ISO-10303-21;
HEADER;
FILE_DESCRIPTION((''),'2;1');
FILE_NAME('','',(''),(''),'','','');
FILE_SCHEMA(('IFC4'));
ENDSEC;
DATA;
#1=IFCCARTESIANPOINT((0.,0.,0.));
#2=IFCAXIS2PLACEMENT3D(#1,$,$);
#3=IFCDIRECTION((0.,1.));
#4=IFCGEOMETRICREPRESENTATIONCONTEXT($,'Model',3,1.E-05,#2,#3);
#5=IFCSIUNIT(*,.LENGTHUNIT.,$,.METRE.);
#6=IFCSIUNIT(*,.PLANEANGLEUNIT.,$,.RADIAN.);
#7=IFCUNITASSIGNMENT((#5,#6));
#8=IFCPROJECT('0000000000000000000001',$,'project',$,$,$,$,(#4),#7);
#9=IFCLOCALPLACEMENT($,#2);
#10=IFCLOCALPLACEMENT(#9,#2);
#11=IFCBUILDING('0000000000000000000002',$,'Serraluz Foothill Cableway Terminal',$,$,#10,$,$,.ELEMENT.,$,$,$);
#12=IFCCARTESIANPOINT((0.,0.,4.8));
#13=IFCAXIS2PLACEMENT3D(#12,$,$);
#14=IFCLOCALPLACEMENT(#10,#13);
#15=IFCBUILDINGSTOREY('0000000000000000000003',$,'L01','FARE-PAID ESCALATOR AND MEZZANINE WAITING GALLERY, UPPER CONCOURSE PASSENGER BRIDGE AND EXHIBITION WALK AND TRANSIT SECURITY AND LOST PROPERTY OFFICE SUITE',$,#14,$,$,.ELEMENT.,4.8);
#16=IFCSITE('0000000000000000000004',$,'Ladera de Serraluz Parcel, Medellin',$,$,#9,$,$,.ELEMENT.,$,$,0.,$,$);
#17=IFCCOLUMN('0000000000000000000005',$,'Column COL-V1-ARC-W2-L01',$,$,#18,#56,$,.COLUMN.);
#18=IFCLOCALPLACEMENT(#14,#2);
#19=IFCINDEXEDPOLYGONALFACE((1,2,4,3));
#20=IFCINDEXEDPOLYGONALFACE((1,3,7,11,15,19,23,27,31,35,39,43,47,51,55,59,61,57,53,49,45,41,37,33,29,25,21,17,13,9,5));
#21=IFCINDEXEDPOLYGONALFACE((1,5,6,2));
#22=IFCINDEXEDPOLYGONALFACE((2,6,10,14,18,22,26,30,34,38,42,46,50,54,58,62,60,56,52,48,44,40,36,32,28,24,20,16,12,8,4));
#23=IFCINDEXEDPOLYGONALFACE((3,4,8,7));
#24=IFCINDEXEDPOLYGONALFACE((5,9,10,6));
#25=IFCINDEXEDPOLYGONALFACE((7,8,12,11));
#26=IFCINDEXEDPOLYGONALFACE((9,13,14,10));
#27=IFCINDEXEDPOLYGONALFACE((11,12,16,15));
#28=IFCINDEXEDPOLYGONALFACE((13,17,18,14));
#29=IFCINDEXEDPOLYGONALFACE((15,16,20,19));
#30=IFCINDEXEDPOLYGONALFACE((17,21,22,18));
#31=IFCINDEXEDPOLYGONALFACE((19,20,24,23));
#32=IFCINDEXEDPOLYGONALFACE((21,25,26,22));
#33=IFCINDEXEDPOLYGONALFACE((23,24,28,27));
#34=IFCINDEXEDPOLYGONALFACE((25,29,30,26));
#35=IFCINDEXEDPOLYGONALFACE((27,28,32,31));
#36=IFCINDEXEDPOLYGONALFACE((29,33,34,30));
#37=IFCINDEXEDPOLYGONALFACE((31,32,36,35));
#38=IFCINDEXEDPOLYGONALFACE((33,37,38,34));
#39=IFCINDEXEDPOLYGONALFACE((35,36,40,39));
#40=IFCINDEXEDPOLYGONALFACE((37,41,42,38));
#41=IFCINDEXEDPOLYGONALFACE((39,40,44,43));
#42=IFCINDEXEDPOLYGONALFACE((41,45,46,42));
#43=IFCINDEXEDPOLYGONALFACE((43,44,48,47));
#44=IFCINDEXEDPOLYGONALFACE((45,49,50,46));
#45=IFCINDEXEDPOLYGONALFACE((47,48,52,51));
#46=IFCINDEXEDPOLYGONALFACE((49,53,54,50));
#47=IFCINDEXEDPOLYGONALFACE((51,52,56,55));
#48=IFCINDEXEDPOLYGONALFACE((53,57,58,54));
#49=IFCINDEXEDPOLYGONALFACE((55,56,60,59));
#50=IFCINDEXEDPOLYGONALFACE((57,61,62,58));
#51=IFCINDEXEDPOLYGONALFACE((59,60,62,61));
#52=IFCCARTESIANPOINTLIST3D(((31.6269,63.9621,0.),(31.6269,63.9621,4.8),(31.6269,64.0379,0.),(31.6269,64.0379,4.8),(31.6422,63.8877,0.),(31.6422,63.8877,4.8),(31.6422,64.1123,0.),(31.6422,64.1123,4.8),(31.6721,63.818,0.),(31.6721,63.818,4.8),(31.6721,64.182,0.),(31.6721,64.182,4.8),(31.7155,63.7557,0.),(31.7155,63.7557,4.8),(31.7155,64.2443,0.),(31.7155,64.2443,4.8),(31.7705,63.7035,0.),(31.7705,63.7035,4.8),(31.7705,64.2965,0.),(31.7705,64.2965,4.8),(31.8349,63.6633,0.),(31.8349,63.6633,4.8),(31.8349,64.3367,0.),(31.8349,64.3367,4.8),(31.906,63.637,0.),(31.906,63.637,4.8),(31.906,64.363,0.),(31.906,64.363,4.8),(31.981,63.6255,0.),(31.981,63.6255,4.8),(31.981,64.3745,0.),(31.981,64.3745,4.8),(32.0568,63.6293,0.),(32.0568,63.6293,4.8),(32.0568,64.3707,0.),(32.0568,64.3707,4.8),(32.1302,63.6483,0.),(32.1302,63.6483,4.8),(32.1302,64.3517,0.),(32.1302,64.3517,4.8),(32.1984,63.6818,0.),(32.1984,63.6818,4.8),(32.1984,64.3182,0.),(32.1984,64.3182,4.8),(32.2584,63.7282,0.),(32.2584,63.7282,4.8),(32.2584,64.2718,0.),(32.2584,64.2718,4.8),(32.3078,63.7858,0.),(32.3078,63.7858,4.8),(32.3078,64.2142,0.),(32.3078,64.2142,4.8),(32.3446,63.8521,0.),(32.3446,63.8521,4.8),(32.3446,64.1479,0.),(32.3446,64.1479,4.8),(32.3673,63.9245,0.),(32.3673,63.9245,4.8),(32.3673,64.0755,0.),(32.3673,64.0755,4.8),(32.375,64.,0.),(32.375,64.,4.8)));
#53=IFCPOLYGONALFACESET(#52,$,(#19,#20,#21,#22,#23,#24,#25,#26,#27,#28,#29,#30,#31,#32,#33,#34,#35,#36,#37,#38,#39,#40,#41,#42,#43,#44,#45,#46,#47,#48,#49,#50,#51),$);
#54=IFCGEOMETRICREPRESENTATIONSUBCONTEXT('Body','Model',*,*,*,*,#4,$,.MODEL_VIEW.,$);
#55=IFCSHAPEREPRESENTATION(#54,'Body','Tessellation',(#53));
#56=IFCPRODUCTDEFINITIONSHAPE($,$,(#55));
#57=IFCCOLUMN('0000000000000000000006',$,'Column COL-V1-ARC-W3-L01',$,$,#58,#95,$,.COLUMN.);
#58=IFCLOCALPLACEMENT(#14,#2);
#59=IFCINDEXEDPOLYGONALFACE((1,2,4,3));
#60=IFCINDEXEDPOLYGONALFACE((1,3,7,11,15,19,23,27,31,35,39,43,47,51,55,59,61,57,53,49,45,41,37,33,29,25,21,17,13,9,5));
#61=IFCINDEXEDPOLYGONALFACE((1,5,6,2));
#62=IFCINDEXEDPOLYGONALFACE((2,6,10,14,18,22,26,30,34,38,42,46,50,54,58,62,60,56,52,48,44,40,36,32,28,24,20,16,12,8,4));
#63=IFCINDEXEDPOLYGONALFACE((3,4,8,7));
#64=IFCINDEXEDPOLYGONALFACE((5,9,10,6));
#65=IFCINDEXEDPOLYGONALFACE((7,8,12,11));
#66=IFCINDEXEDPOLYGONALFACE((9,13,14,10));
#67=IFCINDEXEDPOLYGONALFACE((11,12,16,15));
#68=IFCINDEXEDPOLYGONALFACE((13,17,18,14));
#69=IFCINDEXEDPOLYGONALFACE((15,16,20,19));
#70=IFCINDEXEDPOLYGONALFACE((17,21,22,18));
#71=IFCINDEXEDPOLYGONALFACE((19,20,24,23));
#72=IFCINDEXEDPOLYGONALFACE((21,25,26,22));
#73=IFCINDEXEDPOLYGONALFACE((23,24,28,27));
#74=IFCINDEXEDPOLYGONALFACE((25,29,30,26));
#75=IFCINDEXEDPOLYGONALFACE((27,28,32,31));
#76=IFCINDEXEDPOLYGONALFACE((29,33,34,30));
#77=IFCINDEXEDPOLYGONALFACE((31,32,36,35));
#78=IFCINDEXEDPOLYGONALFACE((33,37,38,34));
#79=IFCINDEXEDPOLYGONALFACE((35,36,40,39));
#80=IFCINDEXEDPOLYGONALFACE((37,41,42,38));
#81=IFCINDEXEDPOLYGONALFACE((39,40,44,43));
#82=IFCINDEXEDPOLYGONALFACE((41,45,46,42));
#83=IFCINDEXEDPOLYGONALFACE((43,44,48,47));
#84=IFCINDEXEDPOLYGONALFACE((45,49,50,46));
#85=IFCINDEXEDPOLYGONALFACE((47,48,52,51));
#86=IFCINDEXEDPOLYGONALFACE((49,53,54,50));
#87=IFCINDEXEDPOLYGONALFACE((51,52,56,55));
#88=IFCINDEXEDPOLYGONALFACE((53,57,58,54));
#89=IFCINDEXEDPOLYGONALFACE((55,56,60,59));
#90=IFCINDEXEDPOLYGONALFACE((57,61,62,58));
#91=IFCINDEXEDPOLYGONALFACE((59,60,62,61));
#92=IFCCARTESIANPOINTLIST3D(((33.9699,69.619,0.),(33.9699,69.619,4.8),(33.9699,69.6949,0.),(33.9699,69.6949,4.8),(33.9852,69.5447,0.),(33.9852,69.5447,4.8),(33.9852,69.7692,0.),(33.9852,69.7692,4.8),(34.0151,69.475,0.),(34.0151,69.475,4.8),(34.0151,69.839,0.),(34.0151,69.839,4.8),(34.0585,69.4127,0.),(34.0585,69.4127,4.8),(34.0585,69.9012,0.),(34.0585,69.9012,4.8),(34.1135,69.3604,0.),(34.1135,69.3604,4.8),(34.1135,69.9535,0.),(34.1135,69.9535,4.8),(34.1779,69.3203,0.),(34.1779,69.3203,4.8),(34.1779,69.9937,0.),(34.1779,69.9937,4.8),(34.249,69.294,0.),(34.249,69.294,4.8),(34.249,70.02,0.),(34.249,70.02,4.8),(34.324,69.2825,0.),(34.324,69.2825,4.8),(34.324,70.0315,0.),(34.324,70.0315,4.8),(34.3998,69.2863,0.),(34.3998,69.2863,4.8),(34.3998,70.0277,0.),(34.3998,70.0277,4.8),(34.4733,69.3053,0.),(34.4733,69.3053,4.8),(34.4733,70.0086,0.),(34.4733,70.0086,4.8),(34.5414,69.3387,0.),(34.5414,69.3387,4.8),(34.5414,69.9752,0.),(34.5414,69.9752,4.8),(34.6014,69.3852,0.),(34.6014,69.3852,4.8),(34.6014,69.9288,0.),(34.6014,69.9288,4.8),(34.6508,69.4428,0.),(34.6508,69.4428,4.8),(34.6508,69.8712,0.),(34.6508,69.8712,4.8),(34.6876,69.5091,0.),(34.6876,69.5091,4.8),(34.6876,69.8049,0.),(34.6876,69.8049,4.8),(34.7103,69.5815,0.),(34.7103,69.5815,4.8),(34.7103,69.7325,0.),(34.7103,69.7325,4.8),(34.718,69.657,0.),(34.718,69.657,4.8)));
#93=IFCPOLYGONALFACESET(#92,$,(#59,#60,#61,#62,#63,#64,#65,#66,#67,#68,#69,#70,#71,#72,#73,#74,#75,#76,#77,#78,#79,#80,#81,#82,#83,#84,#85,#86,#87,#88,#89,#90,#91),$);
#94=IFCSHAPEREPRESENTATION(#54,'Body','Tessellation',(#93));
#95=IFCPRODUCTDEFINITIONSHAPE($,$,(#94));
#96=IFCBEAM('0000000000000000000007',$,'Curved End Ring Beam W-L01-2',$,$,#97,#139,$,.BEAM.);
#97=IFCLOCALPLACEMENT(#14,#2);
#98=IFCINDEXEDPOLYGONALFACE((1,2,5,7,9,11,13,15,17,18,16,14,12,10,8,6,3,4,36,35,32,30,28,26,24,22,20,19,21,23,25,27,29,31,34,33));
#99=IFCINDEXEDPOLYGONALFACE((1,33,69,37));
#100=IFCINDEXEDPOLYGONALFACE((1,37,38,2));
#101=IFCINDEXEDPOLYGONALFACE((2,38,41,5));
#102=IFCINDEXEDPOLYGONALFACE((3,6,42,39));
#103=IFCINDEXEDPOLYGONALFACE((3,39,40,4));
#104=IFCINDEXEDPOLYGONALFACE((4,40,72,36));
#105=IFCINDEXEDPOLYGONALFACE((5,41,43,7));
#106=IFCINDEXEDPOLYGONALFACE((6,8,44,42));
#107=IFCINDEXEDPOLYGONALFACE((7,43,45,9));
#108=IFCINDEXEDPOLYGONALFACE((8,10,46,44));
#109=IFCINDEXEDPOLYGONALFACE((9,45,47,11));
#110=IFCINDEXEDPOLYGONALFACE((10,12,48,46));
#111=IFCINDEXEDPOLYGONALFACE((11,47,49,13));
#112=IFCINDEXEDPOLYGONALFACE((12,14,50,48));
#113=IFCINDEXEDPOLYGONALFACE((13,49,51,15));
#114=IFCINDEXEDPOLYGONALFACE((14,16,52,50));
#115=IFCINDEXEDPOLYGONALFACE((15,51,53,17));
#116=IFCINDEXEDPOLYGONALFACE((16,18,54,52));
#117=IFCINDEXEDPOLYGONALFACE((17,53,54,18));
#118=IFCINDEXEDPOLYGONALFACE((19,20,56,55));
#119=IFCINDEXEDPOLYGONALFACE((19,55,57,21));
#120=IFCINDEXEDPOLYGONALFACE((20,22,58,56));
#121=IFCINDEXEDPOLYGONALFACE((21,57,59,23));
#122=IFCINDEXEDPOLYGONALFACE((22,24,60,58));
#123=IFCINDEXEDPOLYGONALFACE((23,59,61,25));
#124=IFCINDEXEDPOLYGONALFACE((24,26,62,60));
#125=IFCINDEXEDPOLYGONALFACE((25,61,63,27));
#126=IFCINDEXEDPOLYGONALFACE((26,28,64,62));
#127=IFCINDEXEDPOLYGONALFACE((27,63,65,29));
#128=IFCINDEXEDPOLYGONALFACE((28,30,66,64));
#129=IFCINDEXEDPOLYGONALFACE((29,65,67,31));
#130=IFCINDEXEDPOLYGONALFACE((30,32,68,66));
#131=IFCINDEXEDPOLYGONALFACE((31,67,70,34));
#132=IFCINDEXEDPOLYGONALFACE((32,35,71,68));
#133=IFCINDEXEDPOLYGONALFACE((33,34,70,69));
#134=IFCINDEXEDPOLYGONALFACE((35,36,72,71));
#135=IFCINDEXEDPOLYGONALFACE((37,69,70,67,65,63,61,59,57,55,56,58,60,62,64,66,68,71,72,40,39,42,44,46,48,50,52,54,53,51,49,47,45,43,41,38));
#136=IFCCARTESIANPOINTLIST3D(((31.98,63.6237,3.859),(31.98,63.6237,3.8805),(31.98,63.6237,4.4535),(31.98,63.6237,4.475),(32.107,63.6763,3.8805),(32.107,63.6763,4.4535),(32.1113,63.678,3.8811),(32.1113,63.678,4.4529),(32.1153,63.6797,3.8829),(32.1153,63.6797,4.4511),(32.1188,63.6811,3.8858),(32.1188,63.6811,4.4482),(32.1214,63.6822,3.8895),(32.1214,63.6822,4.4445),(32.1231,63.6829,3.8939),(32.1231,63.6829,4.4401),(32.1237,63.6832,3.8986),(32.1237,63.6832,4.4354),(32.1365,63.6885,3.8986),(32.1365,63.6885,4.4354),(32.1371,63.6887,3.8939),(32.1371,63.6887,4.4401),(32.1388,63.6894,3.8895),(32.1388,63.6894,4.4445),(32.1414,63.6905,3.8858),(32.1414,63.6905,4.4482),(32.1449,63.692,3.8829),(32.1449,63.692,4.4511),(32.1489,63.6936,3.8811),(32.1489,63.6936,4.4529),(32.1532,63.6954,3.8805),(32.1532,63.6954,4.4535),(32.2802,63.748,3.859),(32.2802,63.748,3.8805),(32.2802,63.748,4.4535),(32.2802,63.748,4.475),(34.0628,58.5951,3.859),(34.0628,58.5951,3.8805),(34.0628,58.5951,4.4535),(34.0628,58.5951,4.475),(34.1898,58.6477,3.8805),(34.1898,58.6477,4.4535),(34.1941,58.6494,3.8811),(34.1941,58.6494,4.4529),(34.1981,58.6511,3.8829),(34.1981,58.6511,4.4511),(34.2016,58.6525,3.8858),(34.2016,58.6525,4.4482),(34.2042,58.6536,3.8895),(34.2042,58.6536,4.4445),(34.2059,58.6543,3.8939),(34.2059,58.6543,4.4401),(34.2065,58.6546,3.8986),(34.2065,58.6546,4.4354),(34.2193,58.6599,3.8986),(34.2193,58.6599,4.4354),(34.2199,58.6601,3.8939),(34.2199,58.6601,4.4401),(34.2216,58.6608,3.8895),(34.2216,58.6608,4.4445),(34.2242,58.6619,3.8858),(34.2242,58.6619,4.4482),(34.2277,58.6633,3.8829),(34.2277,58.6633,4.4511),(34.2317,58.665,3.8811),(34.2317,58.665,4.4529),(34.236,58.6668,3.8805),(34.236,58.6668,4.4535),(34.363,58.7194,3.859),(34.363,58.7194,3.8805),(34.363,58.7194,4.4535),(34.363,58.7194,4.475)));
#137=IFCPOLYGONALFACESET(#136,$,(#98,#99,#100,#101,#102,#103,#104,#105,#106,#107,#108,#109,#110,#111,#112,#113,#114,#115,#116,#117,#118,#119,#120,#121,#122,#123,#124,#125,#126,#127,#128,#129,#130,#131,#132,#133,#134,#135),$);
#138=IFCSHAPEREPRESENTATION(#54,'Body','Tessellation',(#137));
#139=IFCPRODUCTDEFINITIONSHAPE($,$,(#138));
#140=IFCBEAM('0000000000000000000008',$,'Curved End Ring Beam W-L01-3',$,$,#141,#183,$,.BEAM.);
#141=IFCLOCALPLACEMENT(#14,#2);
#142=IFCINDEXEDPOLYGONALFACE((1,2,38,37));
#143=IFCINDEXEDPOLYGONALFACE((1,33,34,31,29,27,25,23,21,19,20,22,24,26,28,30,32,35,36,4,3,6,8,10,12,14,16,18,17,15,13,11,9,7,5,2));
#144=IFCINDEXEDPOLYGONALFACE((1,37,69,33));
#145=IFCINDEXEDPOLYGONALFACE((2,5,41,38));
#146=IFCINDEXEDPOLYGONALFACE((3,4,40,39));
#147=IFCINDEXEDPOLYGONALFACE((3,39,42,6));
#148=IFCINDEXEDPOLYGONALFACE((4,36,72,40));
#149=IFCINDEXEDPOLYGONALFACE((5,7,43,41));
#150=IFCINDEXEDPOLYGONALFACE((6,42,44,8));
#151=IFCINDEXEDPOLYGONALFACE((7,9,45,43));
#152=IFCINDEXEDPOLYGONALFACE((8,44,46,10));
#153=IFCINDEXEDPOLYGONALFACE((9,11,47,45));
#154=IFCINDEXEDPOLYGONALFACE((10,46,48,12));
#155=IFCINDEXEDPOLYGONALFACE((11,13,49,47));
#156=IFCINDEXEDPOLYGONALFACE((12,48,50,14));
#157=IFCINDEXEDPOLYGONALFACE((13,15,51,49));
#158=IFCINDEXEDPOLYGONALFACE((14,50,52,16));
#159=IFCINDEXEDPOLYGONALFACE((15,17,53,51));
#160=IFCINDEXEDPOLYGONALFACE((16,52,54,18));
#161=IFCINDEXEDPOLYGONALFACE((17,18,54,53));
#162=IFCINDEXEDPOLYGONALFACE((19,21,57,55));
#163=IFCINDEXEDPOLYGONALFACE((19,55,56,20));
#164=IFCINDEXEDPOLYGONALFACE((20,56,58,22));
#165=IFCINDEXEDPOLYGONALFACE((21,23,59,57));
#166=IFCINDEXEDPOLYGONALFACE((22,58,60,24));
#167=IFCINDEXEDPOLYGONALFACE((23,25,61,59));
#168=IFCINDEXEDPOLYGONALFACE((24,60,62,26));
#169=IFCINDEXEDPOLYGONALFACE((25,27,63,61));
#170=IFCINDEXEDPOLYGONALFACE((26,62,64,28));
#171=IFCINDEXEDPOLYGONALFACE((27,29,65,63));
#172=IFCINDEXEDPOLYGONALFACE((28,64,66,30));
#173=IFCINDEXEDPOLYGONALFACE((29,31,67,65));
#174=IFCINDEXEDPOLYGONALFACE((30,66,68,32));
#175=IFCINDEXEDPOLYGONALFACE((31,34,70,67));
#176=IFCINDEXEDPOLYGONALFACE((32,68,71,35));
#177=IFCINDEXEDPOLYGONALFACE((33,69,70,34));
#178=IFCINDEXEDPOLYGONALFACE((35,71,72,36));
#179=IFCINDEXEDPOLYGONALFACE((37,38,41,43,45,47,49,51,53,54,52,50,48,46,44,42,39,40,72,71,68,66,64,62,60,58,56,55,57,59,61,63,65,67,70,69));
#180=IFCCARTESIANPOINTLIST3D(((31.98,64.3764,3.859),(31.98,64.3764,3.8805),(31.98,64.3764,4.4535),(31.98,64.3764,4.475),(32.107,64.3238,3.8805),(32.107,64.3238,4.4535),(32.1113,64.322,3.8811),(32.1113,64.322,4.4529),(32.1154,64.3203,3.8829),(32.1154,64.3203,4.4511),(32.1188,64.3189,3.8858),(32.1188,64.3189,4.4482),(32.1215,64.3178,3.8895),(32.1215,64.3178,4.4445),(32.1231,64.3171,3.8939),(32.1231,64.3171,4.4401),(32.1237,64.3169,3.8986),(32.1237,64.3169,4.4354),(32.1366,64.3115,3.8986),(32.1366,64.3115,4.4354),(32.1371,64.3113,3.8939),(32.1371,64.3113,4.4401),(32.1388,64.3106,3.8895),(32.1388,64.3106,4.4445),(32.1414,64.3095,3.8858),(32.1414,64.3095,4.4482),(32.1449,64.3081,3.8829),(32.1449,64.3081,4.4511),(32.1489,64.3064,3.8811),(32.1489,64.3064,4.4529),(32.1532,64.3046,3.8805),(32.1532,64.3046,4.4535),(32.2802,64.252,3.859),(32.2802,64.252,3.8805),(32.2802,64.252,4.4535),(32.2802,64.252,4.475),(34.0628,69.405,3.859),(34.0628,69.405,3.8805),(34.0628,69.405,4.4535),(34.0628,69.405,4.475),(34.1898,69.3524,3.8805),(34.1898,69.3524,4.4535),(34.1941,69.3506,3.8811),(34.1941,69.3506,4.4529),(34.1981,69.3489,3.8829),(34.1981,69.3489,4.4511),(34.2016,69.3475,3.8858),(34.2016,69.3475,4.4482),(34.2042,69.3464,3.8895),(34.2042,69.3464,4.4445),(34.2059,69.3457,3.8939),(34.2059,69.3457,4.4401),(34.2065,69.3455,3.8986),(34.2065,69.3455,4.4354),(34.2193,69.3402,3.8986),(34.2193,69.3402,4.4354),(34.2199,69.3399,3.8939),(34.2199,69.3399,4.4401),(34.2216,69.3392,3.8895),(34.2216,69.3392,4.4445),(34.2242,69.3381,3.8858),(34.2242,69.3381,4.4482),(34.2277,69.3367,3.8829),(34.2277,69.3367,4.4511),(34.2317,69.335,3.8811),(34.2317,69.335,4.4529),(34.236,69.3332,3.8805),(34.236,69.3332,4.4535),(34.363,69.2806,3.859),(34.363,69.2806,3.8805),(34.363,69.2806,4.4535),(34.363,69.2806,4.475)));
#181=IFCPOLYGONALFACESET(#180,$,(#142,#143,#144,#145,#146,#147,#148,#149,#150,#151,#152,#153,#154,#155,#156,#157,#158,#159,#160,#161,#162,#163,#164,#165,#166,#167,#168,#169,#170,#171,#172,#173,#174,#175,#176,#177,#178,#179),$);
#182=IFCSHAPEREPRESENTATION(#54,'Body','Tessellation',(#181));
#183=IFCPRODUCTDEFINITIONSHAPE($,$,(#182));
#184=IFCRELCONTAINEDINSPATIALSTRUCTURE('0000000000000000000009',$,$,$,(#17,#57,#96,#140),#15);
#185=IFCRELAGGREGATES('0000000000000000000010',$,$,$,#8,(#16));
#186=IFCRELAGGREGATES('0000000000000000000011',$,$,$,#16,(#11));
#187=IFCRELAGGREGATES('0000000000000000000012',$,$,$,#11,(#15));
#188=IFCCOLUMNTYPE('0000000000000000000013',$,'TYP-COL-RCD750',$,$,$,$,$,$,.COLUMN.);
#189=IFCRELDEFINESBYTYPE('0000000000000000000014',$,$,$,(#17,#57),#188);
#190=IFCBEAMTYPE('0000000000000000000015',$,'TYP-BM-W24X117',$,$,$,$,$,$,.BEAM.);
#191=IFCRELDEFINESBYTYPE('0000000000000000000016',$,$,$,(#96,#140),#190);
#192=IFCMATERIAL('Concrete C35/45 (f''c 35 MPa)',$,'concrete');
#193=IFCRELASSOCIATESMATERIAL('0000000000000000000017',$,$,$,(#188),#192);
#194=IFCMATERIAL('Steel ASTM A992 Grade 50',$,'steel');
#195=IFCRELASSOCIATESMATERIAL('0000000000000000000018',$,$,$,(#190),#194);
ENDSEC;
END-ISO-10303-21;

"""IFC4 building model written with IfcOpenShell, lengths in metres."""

from ifc_helpers import new_model, si_unit, direction, frame, origin, origin_2d, place, context, subcontext, project, spatial, circle, i_section, extrude, material, material_profile, profile_set, type_object, element, save


model = new_model("IFC4")

# Units and contexts
model_context = context("Model", 3, precision=1e-05, world=origin(), true_north=direction((0.0, 1.0)))
body_context = subcontext(model_context, "Body", "Model", "MODEL_VIEW")
ifc_project = project(units=[si_unit("LENGTHUNIT", "METRE"), si_unit("PLANEANGLEUNIT", "RADIAN")], contexts=[model_context])

# Site, building, storey
site_placement = place(None, origin())
site = spatial("IfcSite", under=ifc_project, at=site_placement, Name="Ladera de Serraluz Parcel, Medellin", CompositionType="ELEMENT", RefElevation=0.0)
building_placement = place(site_placement, origin())
building = spatial("IfcBuilding", under=site, at=building_placement, Name="Serraluz Foothill Cableway Terminal", CompositionType="ELEMENT")
storey_placement = place(building_placement, frame((0.0, 0.0, 4.8)))
storey = spatial("IfcBuildingStorey", under=building, at=storey_placement, Name="L01", Description="FARE-PAID ESCALATOR AND MEZZANINE WAITING GALLERY, UPPER CONCOURSE PASSENGER BRIDGE AND EXHIBITION WALK AND TRANSIT SECURITY AND LOST PROPERTY OFFICE SUITE", CompositionType="ELEMENT", Elevation=4.8)

# Columns
ifc_material_1 = material(Name="Concrete C35/45 (f'c 35 MPa)", Category="concrete")
ifc_material_profile_1 = material_profile(ifc_material_1, circle(Radius=0.375, at=origin_2d()), Name="RC D750")
ifc_profile_set_1 = profile_set([ifc_material_profile_1], Name="Concrete C35/45 (f'c 35 MPa)")
column_type = type_object("IfcColumnType", Name="TYP-COL-RCD750", PredefinedType="COLUMN", material=ifc_profile_set_1)
for number, where, z_axis, x_axis, name in (
    (1, (32.0, 64.0, 0.0), (0.0, 0.0, 1.0), (1.0, 0.0, 0.0), "Column COL-V1-ARC-W2-L01"),
    (2, (34.343, 69.657, 0.0), (0.0, 0.0, 1.0), (1.0, 0.0, 0.0), "Column COL-V1-ARC-W3-L01"),
):
    element("IfcColumn", number, at=place(storey_placement, frame(where, z_axis=z_axis, x_axis=x_axis)), inside=storey, type_object=column_type, Name=name, PredefinedType="COLUMN", context=body_context, shape_type="SweptSolid", body=[
        extrude(circle(Radius=0.375, at=origin_2d()), origin(), (0.0, 0.0, 1.0), 4.8),
    ])

# Beams
ifc_material_2 = material(Name="Steel ASTM A992 Grade 50", Category="steel")
ifc_material_profile_2 = material_profile(ifc_material_2, i_section(OverallWidth=0.325, OverallDepth=0.616, WebThickness=0.0139, FlangeThickness=0.0215, FilletRadius=0.0181, at=origin_2d()), Name="W24X117")
ifc_profile_set_2 = profile_set([ifc_material_profile_2], Name="Steel ASTM A992 Grade 50")
beam_type_1 = type_object("IfcBeamType", Name="TYP-BM-W24X117", PredefinedType="BEAM", material=ifc_profile_set_2)
for number, where, z_axis, x_axis, name in (
    (3, (34.2129, 58.6572, 4.167), (-0.382662, 0.923888, 0.0), (-0.923888, -0.382662, 0.0), "Curved End Ring Beam W-L01-2"),
    (4, (32.1301, 64.3142, 4.167), (0.382662, 0.923888, 0.0), (-0.923888, 0.382662, 0.0), "Curved End Ring Beam W-L01-3"),
):
    element("IfcBeam", number, at=place(storey_placement, frame(where, z_axis=z_axis, x_axis=x_axis)), inside=storey, type_object=beam_type_1, Name=name, PredefinedType="BEAM", context=body_context, shape_type="SweptSolid", body=[
        extrude(i_section(OverallWidth=0.325, OverallDepth=0.616, WebThickness=0.0139, FlangeThickness=0.0215, FilletRadius=0.0181, at=origin_2d()), origin(), (0.0, 0.0, 1.0), 5.4429),
    ])

save(model, "model.ifc")
